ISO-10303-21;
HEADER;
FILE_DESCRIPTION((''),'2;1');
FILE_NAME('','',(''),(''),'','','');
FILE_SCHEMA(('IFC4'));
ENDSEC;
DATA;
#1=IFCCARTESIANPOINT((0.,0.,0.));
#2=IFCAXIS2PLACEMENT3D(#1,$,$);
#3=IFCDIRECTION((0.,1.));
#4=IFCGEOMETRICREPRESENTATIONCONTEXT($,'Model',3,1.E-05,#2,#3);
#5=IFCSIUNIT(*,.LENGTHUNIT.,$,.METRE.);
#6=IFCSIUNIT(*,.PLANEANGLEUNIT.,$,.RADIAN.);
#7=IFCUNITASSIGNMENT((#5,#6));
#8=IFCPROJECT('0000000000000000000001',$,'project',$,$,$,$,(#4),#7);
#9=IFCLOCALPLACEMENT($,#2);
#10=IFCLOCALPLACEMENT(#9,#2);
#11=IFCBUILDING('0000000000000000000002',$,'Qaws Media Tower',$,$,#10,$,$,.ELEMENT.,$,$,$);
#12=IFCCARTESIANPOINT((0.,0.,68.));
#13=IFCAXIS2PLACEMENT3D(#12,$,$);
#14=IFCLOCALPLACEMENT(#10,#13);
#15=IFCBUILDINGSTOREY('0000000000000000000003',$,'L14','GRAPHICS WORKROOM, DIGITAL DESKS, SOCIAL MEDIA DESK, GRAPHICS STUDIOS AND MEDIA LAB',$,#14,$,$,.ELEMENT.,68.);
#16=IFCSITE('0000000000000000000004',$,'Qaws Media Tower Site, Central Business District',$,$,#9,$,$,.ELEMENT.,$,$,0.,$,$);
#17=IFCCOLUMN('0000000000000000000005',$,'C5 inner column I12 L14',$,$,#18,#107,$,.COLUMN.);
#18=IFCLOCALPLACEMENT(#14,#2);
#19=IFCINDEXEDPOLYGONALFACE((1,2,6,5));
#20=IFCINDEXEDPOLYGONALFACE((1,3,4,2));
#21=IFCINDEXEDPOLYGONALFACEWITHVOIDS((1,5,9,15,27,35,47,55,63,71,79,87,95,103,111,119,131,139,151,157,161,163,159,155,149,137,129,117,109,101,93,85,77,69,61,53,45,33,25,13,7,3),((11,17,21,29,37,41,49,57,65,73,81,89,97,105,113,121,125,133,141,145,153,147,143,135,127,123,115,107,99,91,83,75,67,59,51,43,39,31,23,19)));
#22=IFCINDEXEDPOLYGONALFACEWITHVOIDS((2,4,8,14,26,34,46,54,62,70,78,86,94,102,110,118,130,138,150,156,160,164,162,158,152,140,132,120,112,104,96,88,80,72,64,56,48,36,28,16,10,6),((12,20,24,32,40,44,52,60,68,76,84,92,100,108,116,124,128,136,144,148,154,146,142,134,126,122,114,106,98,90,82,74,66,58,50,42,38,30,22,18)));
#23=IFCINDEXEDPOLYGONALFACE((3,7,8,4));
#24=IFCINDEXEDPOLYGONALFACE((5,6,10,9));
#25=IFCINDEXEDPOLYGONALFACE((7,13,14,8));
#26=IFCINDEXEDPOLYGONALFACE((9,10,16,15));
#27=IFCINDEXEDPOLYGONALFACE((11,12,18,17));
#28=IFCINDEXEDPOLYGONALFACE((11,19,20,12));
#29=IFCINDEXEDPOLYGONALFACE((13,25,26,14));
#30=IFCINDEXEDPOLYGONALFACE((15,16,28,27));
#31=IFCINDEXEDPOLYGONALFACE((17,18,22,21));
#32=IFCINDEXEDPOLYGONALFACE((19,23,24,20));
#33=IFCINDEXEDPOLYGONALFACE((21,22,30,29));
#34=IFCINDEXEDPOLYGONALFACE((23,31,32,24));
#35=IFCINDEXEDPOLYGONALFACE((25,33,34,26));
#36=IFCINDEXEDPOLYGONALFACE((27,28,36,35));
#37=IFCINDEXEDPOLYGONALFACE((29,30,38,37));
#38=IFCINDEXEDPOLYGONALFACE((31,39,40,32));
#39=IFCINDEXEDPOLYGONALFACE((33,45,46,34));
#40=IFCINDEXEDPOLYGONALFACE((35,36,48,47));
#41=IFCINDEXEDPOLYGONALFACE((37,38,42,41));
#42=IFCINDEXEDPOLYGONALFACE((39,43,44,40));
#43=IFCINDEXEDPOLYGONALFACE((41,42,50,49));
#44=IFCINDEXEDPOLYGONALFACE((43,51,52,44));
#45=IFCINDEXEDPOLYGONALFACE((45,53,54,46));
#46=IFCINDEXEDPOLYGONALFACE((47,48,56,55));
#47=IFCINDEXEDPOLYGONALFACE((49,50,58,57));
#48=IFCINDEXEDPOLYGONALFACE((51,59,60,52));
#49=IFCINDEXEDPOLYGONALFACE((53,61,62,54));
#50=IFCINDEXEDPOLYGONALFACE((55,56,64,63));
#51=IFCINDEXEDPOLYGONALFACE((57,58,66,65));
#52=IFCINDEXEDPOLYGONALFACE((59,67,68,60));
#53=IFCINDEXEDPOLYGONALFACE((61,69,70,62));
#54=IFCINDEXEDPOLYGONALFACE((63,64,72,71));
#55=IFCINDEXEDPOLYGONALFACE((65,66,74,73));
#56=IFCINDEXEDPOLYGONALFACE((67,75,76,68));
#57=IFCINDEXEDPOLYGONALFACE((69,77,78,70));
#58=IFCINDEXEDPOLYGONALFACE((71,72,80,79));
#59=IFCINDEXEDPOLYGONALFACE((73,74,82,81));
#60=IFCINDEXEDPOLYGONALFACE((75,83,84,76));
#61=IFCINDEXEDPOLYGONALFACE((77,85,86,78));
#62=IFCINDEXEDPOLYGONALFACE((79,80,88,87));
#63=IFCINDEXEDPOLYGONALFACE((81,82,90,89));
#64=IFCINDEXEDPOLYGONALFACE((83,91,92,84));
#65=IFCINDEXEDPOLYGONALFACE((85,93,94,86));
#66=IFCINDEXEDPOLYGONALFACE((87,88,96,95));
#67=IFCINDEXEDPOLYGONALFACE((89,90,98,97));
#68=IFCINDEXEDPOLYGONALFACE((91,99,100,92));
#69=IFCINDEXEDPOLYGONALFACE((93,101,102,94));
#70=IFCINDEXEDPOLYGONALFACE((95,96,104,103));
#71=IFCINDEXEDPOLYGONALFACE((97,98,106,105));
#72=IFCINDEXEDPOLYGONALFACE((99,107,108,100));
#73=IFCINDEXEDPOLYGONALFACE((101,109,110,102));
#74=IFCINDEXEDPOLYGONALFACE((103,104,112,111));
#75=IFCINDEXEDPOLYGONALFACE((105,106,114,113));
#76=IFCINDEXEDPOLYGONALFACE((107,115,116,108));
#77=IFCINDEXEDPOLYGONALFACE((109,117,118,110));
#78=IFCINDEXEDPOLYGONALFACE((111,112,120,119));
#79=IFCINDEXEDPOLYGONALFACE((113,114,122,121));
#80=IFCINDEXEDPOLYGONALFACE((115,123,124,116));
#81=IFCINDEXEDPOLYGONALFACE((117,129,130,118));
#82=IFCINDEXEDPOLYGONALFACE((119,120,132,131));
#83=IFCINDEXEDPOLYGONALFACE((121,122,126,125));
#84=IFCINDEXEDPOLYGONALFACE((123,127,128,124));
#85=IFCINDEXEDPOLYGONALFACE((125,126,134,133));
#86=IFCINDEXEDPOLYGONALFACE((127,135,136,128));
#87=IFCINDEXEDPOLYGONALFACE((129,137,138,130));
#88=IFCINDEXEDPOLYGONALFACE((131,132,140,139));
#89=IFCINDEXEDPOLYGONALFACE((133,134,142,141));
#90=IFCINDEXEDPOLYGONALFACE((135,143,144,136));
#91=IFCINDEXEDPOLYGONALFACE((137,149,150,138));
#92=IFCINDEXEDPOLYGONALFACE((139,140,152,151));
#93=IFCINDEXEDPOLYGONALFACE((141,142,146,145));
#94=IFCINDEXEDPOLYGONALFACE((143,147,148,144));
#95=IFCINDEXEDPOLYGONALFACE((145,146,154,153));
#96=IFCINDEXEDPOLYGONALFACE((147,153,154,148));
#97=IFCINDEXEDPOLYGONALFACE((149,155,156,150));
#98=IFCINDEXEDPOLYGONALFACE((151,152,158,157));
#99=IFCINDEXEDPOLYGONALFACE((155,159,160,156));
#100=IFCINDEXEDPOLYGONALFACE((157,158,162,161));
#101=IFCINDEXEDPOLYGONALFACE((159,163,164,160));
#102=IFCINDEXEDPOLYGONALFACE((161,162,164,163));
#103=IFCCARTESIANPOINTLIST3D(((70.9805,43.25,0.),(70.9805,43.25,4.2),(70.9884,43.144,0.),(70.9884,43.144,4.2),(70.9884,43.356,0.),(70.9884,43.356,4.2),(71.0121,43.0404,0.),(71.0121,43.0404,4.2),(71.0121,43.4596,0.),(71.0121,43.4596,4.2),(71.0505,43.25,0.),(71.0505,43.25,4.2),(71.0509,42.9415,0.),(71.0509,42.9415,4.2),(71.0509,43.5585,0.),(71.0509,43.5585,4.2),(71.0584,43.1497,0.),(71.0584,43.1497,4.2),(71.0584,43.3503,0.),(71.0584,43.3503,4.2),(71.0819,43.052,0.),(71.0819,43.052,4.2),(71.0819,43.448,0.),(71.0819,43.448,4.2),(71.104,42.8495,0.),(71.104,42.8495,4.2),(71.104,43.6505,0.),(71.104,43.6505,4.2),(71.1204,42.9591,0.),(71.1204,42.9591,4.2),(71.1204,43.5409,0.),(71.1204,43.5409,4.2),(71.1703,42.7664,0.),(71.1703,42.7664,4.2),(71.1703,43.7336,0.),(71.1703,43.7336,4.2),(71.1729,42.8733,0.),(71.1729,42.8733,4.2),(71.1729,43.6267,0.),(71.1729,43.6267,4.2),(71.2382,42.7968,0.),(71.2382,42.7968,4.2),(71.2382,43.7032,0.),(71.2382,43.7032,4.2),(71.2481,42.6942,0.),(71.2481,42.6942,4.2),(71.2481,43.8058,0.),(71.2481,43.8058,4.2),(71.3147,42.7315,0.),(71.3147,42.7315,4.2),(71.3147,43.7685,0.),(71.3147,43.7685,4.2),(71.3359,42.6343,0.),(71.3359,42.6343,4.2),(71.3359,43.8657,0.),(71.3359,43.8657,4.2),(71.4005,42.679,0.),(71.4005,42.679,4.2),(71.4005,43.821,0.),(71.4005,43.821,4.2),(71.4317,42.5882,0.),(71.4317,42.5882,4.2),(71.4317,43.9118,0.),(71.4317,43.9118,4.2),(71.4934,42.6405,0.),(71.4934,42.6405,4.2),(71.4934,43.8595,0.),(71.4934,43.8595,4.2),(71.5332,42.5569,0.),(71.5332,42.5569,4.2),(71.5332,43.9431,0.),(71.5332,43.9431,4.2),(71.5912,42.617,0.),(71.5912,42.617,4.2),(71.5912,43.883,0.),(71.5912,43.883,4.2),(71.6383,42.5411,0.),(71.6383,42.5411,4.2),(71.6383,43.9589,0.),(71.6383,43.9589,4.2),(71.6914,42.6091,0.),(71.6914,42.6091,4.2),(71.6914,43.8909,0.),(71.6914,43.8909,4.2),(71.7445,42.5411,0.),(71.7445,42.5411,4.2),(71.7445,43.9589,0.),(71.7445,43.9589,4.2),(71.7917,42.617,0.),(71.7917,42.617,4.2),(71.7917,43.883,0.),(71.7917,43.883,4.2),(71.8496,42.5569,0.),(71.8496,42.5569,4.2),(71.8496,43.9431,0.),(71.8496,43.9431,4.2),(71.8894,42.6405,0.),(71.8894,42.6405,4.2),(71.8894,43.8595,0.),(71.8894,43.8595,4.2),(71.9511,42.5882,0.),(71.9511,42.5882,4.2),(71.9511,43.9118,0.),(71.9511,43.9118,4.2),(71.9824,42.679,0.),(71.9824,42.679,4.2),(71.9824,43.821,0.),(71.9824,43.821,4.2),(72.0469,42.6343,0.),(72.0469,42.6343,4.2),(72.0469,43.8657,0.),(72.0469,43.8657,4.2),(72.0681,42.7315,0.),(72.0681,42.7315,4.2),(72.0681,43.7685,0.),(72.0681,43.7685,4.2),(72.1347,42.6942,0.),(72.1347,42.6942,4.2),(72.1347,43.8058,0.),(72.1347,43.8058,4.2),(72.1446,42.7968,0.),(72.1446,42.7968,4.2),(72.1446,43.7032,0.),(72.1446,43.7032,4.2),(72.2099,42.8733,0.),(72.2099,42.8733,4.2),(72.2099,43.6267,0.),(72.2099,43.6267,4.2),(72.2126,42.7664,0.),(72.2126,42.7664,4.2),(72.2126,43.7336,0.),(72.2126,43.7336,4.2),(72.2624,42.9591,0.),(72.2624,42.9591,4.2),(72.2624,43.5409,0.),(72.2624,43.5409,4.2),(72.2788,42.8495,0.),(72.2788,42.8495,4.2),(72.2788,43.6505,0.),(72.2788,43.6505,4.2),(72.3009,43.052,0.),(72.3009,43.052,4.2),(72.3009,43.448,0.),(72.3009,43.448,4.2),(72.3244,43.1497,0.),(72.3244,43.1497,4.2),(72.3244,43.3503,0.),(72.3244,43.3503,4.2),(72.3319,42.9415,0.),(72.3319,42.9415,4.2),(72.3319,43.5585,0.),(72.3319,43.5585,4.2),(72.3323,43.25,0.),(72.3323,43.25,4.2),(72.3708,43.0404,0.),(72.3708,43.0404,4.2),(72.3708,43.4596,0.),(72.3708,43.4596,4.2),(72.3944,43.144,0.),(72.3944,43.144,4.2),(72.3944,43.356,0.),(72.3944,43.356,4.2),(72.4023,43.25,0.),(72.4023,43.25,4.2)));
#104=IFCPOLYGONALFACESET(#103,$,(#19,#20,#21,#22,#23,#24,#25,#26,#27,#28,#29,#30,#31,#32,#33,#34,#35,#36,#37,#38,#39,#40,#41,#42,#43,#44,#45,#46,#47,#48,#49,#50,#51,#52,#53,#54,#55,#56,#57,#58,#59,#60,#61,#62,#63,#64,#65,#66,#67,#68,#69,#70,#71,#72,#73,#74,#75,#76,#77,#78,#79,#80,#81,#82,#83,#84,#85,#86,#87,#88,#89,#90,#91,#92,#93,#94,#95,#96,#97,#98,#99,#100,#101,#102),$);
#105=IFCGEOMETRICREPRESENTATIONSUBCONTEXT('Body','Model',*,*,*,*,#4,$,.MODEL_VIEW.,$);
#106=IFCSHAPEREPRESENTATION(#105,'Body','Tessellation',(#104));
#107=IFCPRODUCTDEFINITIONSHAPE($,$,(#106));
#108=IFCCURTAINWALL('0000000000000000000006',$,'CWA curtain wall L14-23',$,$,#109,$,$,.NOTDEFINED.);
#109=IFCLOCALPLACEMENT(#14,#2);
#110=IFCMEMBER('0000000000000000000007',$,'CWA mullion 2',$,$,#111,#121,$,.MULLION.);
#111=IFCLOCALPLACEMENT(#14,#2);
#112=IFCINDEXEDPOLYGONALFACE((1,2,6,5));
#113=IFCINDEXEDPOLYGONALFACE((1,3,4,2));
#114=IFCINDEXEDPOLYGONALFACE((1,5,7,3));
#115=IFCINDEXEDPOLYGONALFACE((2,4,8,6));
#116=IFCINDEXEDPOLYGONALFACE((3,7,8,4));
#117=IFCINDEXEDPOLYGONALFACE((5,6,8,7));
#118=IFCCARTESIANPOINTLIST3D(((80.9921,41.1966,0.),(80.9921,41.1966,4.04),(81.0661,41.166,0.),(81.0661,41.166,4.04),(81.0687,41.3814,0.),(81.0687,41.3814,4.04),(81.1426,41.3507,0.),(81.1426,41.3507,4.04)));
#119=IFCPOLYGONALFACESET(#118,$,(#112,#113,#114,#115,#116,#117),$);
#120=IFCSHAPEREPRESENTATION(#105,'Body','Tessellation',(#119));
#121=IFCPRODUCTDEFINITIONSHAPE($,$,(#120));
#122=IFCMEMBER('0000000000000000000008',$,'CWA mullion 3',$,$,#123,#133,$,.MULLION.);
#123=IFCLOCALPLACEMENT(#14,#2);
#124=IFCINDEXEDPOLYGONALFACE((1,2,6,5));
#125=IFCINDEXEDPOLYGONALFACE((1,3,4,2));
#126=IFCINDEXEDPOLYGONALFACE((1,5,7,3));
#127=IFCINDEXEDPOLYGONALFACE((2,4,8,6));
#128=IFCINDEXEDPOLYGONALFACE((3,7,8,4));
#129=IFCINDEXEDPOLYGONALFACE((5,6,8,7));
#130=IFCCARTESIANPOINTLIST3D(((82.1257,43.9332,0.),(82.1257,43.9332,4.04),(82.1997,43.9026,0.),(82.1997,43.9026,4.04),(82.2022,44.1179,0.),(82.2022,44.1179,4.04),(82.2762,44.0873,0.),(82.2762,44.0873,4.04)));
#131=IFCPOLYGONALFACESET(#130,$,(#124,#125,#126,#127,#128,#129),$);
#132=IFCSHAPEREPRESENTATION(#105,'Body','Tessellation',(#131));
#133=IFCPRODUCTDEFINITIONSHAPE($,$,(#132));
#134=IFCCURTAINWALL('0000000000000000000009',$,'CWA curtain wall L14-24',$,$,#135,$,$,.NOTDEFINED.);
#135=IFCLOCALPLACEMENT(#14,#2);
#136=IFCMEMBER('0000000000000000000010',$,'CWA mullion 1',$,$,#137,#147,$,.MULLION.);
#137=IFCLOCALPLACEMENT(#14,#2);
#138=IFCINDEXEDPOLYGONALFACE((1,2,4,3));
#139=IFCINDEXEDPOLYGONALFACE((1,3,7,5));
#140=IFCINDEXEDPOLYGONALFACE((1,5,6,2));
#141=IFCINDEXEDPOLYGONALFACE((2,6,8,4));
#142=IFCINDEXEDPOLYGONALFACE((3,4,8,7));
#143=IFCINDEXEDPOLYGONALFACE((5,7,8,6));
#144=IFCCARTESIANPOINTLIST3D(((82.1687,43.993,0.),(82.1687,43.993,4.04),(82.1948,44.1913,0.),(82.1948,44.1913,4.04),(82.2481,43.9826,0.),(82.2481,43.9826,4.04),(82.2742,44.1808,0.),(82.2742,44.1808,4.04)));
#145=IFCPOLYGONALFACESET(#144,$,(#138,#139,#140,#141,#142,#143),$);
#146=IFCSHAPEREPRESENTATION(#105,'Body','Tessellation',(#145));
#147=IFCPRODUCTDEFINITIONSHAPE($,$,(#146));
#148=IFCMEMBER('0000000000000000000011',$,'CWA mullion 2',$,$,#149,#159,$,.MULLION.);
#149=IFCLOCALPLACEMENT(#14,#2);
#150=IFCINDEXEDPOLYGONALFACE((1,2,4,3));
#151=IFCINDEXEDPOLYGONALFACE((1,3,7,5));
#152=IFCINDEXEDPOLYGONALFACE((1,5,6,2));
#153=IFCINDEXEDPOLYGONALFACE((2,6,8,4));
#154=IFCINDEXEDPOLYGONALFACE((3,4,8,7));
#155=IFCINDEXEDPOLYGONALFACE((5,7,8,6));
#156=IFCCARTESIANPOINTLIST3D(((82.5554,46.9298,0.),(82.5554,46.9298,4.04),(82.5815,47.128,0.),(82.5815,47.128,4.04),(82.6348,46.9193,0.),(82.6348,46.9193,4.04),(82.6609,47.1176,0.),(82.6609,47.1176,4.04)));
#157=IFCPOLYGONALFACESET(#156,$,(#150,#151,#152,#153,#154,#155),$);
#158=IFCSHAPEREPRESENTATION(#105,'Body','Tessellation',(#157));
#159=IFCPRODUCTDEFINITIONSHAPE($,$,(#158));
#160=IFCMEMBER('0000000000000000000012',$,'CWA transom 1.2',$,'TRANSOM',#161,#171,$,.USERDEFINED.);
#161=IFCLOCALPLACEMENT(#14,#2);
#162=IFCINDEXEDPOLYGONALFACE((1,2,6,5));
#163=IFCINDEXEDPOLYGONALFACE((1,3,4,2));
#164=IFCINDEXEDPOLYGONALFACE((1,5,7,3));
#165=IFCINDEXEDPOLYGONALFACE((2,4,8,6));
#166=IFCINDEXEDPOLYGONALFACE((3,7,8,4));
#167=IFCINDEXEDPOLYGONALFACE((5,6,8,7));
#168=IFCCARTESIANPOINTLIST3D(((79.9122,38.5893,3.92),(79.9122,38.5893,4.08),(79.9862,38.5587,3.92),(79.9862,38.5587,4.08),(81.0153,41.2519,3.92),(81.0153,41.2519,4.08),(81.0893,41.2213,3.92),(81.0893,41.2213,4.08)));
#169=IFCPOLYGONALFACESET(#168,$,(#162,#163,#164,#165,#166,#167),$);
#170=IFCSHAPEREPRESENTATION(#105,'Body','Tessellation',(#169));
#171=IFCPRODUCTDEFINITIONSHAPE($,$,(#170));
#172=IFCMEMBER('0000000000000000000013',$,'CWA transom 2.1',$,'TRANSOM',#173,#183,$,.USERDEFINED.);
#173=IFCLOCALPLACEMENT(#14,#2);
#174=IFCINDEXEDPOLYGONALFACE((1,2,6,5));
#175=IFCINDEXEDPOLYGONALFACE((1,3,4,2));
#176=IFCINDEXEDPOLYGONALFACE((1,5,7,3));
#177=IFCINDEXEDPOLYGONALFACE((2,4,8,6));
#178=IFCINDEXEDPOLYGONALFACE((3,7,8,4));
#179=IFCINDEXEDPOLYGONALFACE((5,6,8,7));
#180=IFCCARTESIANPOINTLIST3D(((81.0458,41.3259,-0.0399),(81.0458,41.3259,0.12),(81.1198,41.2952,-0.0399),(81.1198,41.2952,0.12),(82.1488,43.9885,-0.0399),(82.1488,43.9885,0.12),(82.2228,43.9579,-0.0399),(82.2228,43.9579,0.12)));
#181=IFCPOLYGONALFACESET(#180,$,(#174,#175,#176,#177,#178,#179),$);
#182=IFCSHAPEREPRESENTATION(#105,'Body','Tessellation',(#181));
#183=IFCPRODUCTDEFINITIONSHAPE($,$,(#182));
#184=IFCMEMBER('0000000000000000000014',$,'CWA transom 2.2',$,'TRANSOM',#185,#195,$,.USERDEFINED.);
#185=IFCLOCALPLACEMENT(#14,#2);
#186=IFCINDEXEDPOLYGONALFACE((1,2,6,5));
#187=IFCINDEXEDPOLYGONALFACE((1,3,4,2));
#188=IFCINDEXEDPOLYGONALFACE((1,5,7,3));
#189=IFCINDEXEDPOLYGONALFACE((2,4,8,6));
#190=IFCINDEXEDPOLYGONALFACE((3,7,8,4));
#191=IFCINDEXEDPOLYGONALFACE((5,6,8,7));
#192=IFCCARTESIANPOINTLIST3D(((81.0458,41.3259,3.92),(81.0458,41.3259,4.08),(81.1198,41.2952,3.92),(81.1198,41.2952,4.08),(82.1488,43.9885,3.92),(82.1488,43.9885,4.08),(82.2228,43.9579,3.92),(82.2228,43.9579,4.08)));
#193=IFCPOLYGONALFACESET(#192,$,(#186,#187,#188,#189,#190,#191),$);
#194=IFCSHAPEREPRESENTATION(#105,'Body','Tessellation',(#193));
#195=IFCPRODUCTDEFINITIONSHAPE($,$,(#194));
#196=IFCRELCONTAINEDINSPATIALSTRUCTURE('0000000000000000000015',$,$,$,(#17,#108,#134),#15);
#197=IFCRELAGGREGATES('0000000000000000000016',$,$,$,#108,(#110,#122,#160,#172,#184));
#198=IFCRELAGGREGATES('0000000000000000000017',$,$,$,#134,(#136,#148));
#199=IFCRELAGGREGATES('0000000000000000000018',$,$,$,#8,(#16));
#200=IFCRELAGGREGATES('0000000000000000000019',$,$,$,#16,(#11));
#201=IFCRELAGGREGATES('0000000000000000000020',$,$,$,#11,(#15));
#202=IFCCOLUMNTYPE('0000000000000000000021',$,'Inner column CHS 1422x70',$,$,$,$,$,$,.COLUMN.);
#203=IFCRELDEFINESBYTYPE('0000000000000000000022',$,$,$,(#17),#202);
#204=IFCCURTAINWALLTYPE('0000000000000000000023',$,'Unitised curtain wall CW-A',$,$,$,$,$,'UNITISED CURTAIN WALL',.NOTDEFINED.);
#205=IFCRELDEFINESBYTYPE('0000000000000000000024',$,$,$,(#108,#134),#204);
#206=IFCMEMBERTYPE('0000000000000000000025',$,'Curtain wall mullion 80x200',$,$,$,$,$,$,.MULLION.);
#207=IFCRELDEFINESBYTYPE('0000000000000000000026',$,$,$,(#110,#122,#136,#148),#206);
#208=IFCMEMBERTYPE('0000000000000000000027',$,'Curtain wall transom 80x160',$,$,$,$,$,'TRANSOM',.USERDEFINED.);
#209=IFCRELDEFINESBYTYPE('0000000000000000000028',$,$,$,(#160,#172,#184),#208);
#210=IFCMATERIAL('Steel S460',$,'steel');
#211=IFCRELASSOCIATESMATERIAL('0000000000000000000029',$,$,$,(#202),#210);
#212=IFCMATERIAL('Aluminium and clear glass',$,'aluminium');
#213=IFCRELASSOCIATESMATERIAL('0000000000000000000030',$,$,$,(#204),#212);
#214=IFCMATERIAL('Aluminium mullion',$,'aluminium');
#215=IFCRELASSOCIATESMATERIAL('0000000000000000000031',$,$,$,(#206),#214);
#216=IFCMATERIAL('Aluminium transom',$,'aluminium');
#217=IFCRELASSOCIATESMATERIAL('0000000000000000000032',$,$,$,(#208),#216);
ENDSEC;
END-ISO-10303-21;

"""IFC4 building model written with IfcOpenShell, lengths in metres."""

from ifc_helpers import new_model, si_unit, direction, frame, origin, origin_2d, place, context, subcontext, project, spatial, rectangle, hollow_circle, extrude, material, material_profile, profile_set, type_object, element, aggregate, save


model = new_model("IFC4")

# Units and contexts
model_context = context("Model", 3, precision=1e-05, world=origin(), true_north=direction((0.0, 1.0)))
body_context = subcontext(model_context, "Body", "Model", "MODEL_VIEW")
ifc_project = project(units=[si_unit("LENGTHUNIT", "METRE"), si_unit("PLANEANGLEUNIT", "RADIAN")], contexts=[model_context])

# Site, building, storey
site_placement = place(None, origin())
site = spatial("IfcSite", under=ifc_project, at=site_placement, Name="Qaws Media Tower Site, Central Business District", CompositionType="ELEMENT", RefElevation=0.0)
building_placement = place(site_placement, origin())
building = spatial("IfcBuilding", under=site, at=building_placement, Name="Qaws Media Tower", CompositionType="ELEMENT")
storey_placement = place(building_placement, frame((0.0, 0.0, 68.0)))
storey = spatial("IfcBuildingStorey", under=building, at=storey_placement, Name="L14", Description="GRAPHICS WORKROOM, DIGITAL DESKS, SOCIAL MEDIA DESK, GRAPHICS STUDIOS AND MEDIA LAB", CompositionType="ELEMENT", Elevation=68.0)

# Column
ifc_material_1 = material(Name="Steel S460", Category="steel")
ifc_material_profile_1 = material_profile(ifc_material_1, hollow_circle(Radius=0.7109, WallThickness=0.0701, at=origin_2d()), Name="CHS 1422x70")
ifc_profile_set_1 = profile_set([ifc_material_profile_1], Name="Steel S460")
column_type = type_object("IfcColumnType", Name="Inner column CHS 1422x70", PredefinedType="COLUMN", material=ifc_profile_set_1)
column_placement = place(storey_placement, frame((71.6914, 43.25, 0.0), z_axis=(0.0, 0.0, 1.0), x_axis=(1.0, 0.0, 0.0)))
element("IfcColumn", 1, at=column_placement, inside=storey, type_object=column_type, Name="C5 inner column I12 L14", PredefinedType="COLUMN", context=body_context, shape_type="SweptSolid", body=[
    extrude(hollow_circle(Radius=0.7109, WallThickness=0.0701, at=origin_2d()), origin(), (0.0, 0.0, 1.0), 4.2),
])

# Curtain walls, members
ifc_material_2 = material(Name="Aluminium and clear glass", Category="aluminium")
curtain_wall_type = type_object("IfcCurtainWallType", Name="Unitised curtain wall CW-A", ElementType="UNITISED CURTAIN WALL", PredefinedType="NOTDEFINED", material=ifc_material_2)
curtain_wall_1_placement = place(storey_placement, origin())
curtain_wall_1 = element("IfcCurtainWall", 2, at=curtain_wall_1_placement, inside=storey, type_object=curtain_wall_type, Name="CWA curtain wall L14-23", PredefinedType="NOTDEFINED")
ifc_material_3 = material(Name="Aluminium mullion", Category="aluminium")
ifc_material_profile_2 = material_profile(ifc_material_3, rectangle(XDim=0.0801, YDim=0.2, at=origin_2d()), Name="80x200")
ifc_profile_set_2 = profile_set([ifc_material_profile_2], Name="Aluminium mullion")
member_type_1 = type_object("IfcMemberType", Name="Curtain wall mullion 80x200", PredefinedType="MULLION", material=ifc_profile_set_2)
member_1_placement = place(storey_placement, frame((81.0674, 41.2737, 0.0), z_axis=(0.0, 0.0, 1.0), x_axis=(-0.92388, 0.382683, 0.0)))
member_1 = element("IfcMember", 3, at=member_1_placement, type_object=member_type_1, Name="CWA mullion 2", PredefinedType="MULLION", context=body_context, shape_type="SweptSolid", body=[
    extrude(rectangle(XDim=0.0801, YDim=0.2, at=origin_2d()), origin(), (0.0, 0.0, 1.0), 4.04),
])
member_2_placement = place(storey_placement, frame((82.2009, 44.0103, 0.0), z_axis=(0.0, 0.0, 1.0), x_axis=(-0.92388, 0.382683, 0.0)))
member_2 = element("IfcMember", 4, at=member_2_placement, type_object=member_type_1, Name="CWA mullion 3", PredefinedType="MULLION", context=body_context, shape_type="SweptSolid", body=[
    extrude(rectangle(XDim=0.0801, YDim=0.2, at=origin_2d()), origin(), (0.0, 0.0, 1.0), 4.04),
])
curtain_wall_2_placement = place(storey_placement, origin())
curtain_wall_2 = element("IfcCurtainWall", 5, at=curtain_wall_2_placement, inside=storey, type_object=curtain_wall_type, Name="CWA curtain wall L14-24", PredefinedType="NOTDEFINED")
member_3_placement = place(storey_placement, frame((82.2214, 44.0869, 0.0), z_axis=(0.0, 0.0, 1.0), x_axis=(-0.991445, 0.130526, 0.0)))
member_3 = element("IfcMember", 6, at=member_3_placement, type_object=member_type_1, Name="CWA mullion 1", PredefinedType="MULLION", context=body_context, shape_type="SweptSolid", body=[
    extrude(rectangle(XDim=0.0801, YDim=0.2, at=origin_2d()), origin(), (0.0, 0.0, 1.0), 4.04),
])
member_4_placement = place(storey_placement, frame((82.6082, 47.0237, 0.0), z_axis=(0.0, 0.0, 1.0), x_axis=(-0.991445, 0.130526, 0.0)))
member_4 = element("IfcMember", 7, at=member_4_placement, type_object=member_type_1, Name="CWA mullion 2", PredefinedType="MULLION", context=body_context, shape_type="SweptSolid", body=[
    extrude(rectangle(XDim=0.0801, YDim=0.2, at=origin_2d()), origin(), (0.0, 0.0, 1.0), 4.04),
])

# Members
ifc_material_4 = material(Name="Aluminium transom", Category="aluminium")
ifc_material_profile_3 = material_profile(ifc_material_4, rectangle(XDim=0.0801, YDim=0.1599, at=origin_2d()), Name="80x160")
ifc_profile_set_3 = profile_set([ifc_material_profile_3], Name="Aluminium transom")
member_type_2 = type_object("IfcMemberType", Name="Curtain wall transom 80x160", ElementType="TRANSOM", PredefinedType="USERDEFINED", material=ifc_profile_set_3)
member_5_placement = place(storey_placement, frame((79.9492, 38.574, 4.0), z_axis=(0.382726, 0.923862, 0.0), x_axis=(-0.923862, 0.382726, 0.0)))
member_5 = element("IfcMember", 8, at=member_5_placement, type_object=member_type_2, Name="CWA transom 1.2", ObjectType="TRANSOM", PredefinedType="USERDEFINED", context=body_context, shape_type="SweptSolid", body=[
    extrude(rectangle(XDim=0.0801, YDim=0.1599, at=origin_2d()), origin(), (0.0, 0.0, 1.0), 2.8821),
])
member_6_placement = place(storey_placement, frame((81.0828, 41.3105, 0.04), z_axis=(0.382726, 0.923862, 0.0), x_axis=(-0.923862, 0.382726, 0.0)))
member_6 = element("IfcMember", 9, at=member_6_placement, type_object=member_type_2, Name="CWA transom 2.1", ObjectType="TRANSOM", PredefinedType="USERDEFINED", context=body_context, shape_type="SweptSolid", body=[
    extrude(rectangle(XDim=0.0801, YDim=0.1599, at=origin_2d()), origin(), (0.0, 0.0, 1.0), 2.8821),
])
member_7_placement = place(storey_placement, frame((81.0828, 41.3105, 4.0), z_axis=(0.382726, 0.923862, 0.0), x_axis=(-0.923862, 0.382726, 0.0)))
member_7 = element("IfcMember", 10, at=member_7_placement, type_object=member_type_2, Name="CWA transom 2.2", ObjectType="TRANSOM", PredefinedType="USERDEFINED", context=body_context, shape_type="SweptSolid", body=[
    extrude(rectangle(XDim=0.0801, YDim=0.1599, at=origin_2d()), origin(), (0.0, 0.0, 1.0), 2.8821),
])

aggregate(curtain_wall_1, [member_1, member_2, member_5, member_6, member_7])
aggregate(curtain_wall_2, [member_3, member_4])

save(model, "model.ifc")
